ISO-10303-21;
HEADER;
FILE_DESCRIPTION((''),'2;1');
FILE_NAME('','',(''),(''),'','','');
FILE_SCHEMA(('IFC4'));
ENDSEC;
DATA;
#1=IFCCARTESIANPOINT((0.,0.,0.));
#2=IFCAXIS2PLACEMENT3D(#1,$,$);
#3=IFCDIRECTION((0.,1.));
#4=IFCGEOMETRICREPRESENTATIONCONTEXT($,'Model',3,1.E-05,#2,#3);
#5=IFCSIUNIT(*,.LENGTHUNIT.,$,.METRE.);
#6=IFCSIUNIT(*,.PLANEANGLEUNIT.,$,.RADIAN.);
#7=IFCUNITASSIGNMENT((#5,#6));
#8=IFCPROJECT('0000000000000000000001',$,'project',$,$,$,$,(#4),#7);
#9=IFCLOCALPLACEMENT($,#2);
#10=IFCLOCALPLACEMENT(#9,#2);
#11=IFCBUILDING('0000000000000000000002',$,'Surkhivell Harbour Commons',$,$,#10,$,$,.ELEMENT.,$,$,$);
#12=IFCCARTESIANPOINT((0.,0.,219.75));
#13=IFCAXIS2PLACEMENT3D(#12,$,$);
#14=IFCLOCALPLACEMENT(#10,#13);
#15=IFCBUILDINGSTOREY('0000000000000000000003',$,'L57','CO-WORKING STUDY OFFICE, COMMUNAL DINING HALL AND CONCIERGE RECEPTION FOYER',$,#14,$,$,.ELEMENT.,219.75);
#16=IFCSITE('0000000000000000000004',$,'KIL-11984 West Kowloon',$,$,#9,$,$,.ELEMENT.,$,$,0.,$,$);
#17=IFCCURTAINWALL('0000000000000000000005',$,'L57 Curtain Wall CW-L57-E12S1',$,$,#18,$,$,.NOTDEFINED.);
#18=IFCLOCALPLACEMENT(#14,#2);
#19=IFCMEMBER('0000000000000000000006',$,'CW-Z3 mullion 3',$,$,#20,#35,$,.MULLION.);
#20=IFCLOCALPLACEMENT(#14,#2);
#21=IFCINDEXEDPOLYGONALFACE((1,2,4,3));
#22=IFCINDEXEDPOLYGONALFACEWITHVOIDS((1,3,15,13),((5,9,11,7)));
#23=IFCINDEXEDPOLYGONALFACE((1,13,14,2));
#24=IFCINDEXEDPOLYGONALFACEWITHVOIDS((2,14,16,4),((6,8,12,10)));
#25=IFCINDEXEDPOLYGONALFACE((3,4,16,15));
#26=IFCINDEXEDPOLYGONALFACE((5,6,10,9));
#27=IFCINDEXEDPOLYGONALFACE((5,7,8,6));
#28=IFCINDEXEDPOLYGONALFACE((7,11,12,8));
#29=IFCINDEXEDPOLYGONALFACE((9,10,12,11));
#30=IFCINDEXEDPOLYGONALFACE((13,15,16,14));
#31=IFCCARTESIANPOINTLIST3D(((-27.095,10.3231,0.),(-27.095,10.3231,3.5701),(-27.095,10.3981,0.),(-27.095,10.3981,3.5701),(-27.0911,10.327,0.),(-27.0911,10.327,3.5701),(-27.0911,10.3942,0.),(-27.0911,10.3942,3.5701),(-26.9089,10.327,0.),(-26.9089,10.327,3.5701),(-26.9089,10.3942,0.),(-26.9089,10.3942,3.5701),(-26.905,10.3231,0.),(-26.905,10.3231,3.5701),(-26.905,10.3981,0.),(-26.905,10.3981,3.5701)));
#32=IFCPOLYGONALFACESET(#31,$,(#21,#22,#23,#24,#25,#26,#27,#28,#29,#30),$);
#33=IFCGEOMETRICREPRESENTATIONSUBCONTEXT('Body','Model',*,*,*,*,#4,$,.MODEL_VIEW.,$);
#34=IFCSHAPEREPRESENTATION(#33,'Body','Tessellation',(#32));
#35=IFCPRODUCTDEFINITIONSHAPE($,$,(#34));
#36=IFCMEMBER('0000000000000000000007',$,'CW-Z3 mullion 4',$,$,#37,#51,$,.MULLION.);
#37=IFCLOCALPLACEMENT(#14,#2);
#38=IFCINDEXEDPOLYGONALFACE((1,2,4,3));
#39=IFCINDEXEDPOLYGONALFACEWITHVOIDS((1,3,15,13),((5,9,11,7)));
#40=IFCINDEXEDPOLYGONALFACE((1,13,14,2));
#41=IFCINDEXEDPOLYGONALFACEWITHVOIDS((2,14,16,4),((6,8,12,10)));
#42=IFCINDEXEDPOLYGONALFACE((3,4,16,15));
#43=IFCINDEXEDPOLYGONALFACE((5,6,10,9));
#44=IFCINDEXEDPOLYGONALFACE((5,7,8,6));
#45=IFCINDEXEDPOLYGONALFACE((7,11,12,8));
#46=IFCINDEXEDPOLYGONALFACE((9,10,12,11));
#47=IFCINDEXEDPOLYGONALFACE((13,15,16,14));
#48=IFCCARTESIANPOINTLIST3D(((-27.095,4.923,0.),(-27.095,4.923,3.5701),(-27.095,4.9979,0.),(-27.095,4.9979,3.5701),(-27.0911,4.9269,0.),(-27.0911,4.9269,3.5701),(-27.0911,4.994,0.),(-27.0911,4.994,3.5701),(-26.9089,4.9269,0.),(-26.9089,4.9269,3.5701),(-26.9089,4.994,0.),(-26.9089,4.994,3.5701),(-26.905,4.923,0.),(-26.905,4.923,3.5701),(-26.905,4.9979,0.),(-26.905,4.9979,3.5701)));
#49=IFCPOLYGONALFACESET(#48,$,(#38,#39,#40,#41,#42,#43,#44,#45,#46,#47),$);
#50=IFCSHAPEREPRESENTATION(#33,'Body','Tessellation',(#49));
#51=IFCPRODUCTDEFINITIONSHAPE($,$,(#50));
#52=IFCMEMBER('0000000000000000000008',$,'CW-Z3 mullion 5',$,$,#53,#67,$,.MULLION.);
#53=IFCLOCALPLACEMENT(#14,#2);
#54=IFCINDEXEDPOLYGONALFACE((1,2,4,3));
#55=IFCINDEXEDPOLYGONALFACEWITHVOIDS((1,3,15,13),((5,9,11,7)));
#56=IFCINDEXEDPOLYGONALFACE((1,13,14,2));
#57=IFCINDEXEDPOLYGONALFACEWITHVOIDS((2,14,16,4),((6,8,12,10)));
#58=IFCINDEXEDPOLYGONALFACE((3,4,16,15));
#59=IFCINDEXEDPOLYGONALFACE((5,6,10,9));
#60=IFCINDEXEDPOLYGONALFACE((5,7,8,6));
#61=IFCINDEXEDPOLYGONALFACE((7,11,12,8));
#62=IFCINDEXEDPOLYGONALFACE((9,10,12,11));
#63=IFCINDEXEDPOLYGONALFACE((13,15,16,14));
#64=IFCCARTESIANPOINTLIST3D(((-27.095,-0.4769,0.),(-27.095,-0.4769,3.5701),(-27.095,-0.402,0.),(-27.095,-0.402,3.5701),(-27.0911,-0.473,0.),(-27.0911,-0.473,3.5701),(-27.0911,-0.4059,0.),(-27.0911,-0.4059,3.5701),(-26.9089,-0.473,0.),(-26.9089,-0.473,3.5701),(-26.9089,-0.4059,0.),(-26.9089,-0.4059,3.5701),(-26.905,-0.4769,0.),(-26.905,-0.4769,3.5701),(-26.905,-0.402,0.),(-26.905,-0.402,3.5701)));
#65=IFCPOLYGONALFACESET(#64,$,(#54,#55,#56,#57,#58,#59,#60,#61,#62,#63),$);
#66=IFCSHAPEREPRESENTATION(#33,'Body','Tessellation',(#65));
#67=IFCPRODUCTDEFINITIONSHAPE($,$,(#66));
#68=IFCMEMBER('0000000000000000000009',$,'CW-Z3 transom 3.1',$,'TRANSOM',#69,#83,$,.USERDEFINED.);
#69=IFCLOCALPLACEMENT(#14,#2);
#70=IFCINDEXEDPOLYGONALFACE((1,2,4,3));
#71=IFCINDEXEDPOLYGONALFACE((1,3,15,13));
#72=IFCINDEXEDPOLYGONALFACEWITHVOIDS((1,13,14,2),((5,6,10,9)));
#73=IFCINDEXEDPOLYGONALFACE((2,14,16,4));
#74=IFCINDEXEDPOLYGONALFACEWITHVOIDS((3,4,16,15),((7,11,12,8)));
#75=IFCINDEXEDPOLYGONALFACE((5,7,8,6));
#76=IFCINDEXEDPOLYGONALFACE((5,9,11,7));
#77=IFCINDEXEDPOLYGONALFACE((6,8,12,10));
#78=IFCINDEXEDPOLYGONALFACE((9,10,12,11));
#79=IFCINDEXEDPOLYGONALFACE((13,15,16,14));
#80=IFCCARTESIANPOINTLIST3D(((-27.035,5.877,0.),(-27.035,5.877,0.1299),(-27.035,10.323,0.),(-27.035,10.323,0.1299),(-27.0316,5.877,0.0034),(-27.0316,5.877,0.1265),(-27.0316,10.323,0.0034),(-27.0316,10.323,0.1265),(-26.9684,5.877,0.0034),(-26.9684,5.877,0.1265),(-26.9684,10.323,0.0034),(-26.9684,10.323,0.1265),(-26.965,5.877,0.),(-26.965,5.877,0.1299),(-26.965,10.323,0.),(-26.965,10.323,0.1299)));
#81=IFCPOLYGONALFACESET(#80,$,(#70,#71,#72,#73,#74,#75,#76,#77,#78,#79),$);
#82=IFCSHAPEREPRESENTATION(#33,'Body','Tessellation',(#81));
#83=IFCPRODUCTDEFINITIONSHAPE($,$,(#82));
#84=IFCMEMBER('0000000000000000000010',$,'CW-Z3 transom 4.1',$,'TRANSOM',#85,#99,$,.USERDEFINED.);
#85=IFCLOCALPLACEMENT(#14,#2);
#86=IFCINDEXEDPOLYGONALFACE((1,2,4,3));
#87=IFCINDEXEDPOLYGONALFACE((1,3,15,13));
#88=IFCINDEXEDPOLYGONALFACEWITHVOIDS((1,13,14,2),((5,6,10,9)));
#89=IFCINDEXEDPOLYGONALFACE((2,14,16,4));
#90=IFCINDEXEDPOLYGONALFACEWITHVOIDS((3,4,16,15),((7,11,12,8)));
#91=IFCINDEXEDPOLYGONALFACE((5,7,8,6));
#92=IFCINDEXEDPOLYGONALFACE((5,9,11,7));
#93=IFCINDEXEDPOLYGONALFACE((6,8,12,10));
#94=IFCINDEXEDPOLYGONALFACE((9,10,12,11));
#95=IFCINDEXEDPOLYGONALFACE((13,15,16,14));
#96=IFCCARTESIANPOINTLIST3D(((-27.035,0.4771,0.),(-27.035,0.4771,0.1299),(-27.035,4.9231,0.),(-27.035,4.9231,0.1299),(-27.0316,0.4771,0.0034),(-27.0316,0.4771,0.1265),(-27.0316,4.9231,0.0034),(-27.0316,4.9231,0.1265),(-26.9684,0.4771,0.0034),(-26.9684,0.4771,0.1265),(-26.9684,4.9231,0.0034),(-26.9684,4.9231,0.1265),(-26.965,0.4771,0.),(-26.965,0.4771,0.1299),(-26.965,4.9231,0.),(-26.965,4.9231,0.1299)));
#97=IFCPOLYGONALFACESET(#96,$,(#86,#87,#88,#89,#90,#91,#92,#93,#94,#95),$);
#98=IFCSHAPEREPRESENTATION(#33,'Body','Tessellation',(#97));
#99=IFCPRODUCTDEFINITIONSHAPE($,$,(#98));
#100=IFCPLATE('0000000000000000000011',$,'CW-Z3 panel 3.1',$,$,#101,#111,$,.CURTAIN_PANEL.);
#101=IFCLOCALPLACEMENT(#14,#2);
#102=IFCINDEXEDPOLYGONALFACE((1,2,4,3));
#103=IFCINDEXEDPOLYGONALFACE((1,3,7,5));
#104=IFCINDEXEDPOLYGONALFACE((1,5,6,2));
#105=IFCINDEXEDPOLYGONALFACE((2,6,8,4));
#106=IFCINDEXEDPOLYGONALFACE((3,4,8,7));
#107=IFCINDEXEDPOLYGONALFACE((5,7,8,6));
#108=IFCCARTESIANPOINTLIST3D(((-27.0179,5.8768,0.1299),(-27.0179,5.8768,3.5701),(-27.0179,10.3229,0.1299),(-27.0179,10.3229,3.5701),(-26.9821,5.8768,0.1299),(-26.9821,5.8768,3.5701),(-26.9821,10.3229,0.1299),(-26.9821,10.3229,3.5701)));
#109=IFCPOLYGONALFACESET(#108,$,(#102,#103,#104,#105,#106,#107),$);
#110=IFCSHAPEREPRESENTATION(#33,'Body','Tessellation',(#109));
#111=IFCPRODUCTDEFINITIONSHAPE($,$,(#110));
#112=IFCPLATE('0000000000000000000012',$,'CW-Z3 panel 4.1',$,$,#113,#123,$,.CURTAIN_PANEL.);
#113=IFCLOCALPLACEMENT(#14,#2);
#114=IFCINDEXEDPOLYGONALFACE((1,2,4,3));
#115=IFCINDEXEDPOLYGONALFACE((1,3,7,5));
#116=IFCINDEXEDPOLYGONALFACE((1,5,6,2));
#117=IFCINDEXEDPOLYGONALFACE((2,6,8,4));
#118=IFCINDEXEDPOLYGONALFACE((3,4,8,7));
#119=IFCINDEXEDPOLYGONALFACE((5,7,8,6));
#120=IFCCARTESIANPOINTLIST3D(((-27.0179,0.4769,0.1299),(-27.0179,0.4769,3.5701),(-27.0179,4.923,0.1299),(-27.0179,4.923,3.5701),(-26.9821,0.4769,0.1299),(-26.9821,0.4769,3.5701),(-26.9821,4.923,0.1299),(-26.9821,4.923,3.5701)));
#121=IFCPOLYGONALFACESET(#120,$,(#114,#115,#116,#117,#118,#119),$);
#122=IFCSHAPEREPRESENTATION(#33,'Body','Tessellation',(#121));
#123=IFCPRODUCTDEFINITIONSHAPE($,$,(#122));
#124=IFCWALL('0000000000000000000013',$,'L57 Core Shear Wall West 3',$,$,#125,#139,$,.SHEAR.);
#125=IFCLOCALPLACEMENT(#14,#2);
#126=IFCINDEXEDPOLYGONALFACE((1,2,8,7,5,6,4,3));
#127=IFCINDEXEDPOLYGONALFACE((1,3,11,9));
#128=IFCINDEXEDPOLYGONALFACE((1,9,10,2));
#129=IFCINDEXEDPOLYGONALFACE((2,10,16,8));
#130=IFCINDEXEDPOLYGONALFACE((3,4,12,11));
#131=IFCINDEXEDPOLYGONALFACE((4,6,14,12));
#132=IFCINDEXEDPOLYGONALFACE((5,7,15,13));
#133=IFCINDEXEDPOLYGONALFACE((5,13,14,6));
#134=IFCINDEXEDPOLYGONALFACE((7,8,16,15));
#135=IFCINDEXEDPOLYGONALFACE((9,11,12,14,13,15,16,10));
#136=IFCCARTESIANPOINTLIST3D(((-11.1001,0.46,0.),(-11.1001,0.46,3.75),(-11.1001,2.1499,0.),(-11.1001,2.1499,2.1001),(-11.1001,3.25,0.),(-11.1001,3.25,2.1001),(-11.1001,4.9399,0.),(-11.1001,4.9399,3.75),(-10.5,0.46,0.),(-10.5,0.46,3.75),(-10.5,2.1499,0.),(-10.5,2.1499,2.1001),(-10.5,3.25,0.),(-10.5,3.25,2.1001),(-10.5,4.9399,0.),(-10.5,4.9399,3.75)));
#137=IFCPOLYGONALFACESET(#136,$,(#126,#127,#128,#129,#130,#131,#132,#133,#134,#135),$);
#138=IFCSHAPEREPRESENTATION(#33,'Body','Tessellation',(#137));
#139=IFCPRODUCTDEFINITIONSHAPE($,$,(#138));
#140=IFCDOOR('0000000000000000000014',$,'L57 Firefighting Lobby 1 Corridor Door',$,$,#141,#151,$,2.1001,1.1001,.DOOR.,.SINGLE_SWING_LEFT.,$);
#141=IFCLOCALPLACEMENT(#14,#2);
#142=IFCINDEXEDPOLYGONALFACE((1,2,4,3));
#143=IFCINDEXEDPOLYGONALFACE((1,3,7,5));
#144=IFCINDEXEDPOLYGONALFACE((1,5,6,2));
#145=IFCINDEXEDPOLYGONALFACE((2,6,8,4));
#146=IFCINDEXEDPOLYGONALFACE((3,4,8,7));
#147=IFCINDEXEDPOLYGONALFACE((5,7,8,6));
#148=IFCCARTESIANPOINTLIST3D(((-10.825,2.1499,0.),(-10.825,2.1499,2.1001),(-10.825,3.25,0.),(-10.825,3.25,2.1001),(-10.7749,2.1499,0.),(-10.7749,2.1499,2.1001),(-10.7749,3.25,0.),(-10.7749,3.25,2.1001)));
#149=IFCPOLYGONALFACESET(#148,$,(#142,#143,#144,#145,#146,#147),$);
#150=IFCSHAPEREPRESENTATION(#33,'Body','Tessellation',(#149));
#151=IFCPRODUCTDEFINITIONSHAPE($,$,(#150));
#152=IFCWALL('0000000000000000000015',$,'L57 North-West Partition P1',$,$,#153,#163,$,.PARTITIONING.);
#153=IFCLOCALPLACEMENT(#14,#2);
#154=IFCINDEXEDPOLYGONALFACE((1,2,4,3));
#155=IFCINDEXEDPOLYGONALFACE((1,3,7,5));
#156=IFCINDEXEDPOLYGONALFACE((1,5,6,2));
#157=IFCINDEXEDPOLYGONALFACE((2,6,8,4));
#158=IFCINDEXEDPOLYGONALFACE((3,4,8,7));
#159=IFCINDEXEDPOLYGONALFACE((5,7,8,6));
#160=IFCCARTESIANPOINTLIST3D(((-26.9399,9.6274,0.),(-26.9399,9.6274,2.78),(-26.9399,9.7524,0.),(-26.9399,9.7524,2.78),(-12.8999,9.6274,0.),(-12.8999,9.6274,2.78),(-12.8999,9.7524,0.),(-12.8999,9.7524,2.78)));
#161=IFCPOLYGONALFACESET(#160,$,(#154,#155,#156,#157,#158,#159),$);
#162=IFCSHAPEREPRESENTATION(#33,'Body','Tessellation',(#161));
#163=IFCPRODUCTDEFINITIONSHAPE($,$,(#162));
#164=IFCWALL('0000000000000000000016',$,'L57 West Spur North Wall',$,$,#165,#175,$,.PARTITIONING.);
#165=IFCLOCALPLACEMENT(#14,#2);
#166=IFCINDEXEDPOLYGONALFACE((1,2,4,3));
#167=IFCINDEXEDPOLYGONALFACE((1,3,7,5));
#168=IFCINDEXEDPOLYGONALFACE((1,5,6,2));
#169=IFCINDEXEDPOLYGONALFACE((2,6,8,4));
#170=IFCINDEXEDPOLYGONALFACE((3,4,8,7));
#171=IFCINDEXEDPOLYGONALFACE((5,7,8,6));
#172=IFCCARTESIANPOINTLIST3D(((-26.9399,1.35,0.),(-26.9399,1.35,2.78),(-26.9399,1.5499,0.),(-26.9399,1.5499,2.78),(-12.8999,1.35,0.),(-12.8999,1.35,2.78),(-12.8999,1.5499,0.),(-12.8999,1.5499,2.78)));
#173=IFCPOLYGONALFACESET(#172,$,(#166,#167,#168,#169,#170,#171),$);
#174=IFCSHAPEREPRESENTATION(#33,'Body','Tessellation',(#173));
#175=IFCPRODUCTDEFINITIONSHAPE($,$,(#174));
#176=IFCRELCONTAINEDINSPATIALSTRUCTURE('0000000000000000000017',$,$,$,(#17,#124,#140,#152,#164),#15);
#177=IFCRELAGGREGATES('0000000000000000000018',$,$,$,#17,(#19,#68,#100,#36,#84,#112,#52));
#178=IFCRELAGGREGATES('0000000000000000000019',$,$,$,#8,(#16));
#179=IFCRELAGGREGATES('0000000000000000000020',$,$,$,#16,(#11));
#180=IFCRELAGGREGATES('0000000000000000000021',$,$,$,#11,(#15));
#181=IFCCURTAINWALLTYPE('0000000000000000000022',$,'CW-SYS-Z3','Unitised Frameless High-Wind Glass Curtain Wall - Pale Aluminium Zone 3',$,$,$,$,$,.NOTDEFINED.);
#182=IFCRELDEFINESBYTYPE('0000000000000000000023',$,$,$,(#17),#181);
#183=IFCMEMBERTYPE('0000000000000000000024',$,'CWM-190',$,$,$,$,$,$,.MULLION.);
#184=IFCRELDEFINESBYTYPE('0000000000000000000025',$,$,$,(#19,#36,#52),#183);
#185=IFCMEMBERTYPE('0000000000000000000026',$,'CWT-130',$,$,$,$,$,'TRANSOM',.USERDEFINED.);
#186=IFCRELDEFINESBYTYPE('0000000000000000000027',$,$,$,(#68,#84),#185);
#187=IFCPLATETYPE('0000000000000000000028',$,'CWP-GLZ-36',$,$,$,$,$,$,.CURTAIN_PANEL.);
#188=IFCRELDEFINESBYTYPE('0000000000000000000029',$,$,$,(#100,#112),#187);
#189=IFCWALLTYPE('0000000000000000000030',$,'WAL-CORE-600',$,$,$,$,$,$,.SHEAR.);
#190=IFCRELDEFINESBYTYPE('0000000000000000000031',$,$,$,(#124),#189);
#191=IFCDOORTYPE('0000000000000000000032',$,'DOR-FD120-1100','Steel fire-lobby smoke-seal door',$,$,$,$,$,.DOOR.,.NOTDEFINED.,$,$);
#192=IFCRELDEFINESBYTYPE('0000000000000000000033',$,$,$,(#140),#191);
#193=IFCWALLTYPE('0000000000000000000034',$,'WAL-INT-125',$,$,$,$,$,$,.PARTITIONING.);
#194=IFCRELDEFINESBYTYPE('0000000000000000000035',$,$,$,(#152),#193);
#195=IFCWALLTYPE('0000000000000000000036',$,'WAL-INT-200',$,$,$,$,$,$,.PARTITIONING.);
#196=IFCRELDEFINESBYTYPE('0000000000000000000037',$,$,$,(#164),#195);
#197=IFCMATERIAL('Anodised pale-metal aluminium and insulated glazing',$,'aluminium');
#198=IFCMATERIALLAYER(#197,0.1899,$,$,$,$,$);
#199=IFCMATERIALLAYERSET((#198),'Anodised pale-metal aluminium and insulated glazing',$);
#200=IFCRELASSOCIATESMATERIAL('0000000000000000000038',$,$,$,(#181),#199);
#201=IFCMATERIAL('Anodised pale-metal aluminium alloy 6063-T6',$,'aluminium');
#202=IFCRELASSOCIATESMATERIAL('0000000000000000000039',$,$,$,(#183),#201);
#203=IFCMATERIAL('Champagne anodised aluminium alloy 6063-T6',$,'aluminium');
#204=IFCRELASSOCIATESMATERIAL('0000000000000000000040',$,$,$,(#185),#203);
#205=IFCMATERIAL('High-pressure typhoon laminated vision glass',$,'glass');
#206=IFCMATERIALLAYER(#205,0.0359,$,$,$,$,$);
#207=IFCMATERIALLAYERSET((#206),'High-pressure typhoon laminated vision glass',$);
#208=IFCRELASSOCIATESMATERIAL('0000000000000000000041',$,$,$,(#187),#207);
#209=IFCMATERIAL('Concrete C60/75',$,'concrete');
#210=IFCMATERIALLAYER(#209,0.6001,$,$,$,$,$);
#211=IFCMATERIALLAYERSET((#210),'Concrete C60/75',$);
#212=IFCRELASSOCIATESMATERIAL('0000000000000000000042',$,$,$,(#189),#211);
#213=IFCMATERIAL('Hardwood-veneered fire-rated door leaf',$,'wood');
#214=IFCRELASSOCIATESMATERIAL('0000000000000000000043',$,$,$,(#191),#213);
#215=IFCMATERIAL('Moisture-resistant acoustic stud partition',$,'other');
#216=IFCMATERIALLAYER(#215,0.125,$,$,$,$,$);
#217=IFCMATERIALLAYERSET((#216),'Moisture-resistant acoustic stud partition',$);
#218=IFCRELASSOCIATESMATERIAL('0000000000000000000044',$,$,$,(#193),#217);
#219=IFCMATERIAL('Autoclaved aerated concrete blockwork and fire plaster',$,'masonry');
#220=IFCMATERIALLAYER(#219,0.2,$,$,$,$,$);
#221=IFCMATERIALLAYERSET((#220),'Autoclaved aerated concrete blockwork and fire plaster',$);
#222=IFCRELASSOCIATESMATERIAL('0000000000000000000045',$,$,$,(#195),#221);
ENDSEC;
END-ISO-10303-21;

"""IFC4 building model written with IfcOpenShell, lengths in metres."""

from ifc_helpers import new_model, si_unit, direction, frame, frame_2d, origin, origin_2d, place, context, subcontext, project, spatial, rectangle, hollow_rectangle, extrude, material, layer, layer_set, material_profile, profile_set, type_object, element, fill, aggregate, save


model = new_model("IFC4")

# Units and contexts
model_context = context("Model", 3, precision=1e-05, world=origin(), true_north=direction((0.0, 1.0)))
body_context = subcontext(model_context, "Body", "Model", "MODEL_VIEW")
ifc_project = project(units=[si_unit("LENGTHUNIT", "METRE"), si_unit("PLANEANGLEUNIT", "RADIAN")], contexts=[model_context])

# Site, building, storey
site_placement = place(None, origin())
site = spatial("IfcSite", under=ifc_project, at=site_placement, Name="KIL-11984 West Kowloon", CompositionType="ELEMENT", RefElevation=0.0)
building_placement = place(site_placement, origin())
building = spatial("IfcBuilding", under=site, at=building_placement, Name="Surkhivell Harbour Commons", CompositionType="ELEMENT")
storey_placement = place(building_placement, frame((0.0, 0.0, 219.75)))
storey = spatial("IfcBuildingStorey", under=building, at=storey_placement, Name="L57", Description="CO-WORKING STUDY OFFICE, COMMUNAL DINING HALL AND CONCIERGE RECEPTION FOYER", CompositionType="ELEMENT", Elevation=219.75)

# Shared definitions
ifc_material_1 = material(Name="Concrete C60/75", Category="concrete")

# Curtain wall, members, plates
ifc_material_2 = material(Name="Anodised pale-metal aluminium and insulated glazing", Category="aluminium")
ifc_layer_1 = layer(ifc_material_2, 0.1899)
ifc_layer_set_1 = layer_set([ifc_layer_1], Name="Anodised pale-metal aluminium and insulated glazing")
curtain_wall_type = type_object("IfcCurtainWallType", Name="CW-SYS-Z3", Description="Unitised Frameless High-Wind Glass Curtain Wall - Pale Aluminium Zone 3", PredefinedType="NOTDEFINED", material=ifc_layer_set_1)
curtain_wall_placement = place(storey_placement, origin())
curtain_wall = element("IfcCurtainWall", 1, at=curtain_wall_placement, inside=storey, type_object=curtain_wall_type, Name="L57 Curtain Wall CW-L57-E12S1", PredefinedType="NOTDEFINED")
ifc_material_3 = material(Name="Anodised pale-metal aluminium alloy 6063-T6", Category="aluminium")
ifc_material_profile_1 = material_profile(ifc_material_3, hollow_rectangle(XDim=0.075, YDim=0.1899, WallThickness=0.0039, at=origin_2d()), Name="ALU-MULL-75x190")
ifc_profile_set_1 = profile_set([ifc_material_profile_1], Name="Anodised pale-metal aluminium alloy 6063-T6")
member_type_1 = type_object("IfcMemberType", Name="CWM-190", PredefinedType="MULLION", material=ifc_profile_set_1)
member_1_placement = place(storey_placement, frame((-27.0, 10.3606, 0.0), z_axis=(0.0, 0.0, 1.0), x_axis=(0.0, -1.0, 0.0)))
member_1 = element("IfcMember", 2, at=member_1_placement, type_object=member_type_1, Name="CW-Z3 mullion 3", PredefinedType="MULLION", context=body_context, shape_type="SweptSolid", body=[
    extrude(hollow_rectangle(XDim=0.075, YDim=0.1899, WallThickness=0.0039, at=origin_2d()), origin(), (0.0, 0.0, 1.0), 3.5701),
])
member_2_placement = place(storey_placement, frame((-27.0, 4.9604, 0.0), z_axis=(0.0, 0.0, 1.0), x_axis=(0.0, -1.0, 0.0)))
member_2 = element("IfcMember", 3, at=member_2_placement, type_object=member_type_1, Name="CW-Z3 mullion 4", PredefinedType="MULLION", context=body_context, shape_type="SweptSolid", body=[
    extrude(hollow_rectangle(XDim=0.075, YDim=0.1899, WallThickness=0.0039, at=origin_2d()), origin(), (0.0, 0.0, 1.0), 3.5701),
])
member_3_placement = place(storey_placement, frame((-27.0, -0.4395, 0.0), z_axis=(0.0, 0.0, 1.0), x_axis=(0.0, -1.0, 0.0)))
member_3 = element("IfcMember", 4, at=member_3_placement, type_object=member_type_1, Name="CW-Z3 mullion 5", PredefinedType="MULLION", context=body_context, shape_type="SweptSolid", body=[
    extrude(hollow_rectangle(XDim=0.075, YDim=0.1899, WallThickness=0.0039, at=origin_2d()), origin(), (0.0, 0.0, 1.0), 3.5701),
])
ifc_material_4 = material(Name="Champagne anodised aluminium alloy 6063-T6", Category="aluminium")
ifc_material_profile_2 = material_profile(ifc_material_4, hollow_rectangle(XDim=0.0701, YDim=0.1299, WallThickness=0.0034, at=origin_2d()), Name="ALU-TRAN-70x130")
ifc_profile_set_2 = profile_set([ifc_material_profile_2], Name="Champagne anodised aluminium alloy 6063-T6")
member_type_2 = type_object("IfcMemberType", Name="CWT-130", ElementType="TRANSOM", PredefinedType="USERDEFINED", material=ifc_profile_set_2)
member_4_placement = place(storey_placement, frame((-27.0, 10.323, 0.0649), z_axis=(0.0, -1.0, 0.0), x_axis=(1.0, 0.0, 0.0)))
member_4 = element("IfcMember", 5, at=member_4_placement, type_object=member_type_2, Name="CW-Z3 transom 3.1", ObjectType="TRANSOM", PredefinedType="USERDEFINED", context=body_context, shape_type="SweptSolid", body=[
    extrude(hollow_rectangle(XDim=0.0701, YDim=0.1299, WallThickness=0.0034, at=origin_2d()), origin(), (0.0, 0.0, 1.0), 4.446),
])
member_5_placement = place(storey_placement, frame((-27.0, 4.9231, 0.0649), z_axis=(0.0, -1.0, 0.0), x_axis=(1.0, 0.0, 0.0)))
member_5 = element("IfcMember", 6, at=member_5_placement, type_object=member_type_2, Name="CW-Z3 transom 4.1", ObjectType="TRANSOM", PredefinedType="USERDEFINED", context=body_context, shape_type="SweptSolid", body=[
    extrude(hollow_rectangle(XDim=0.0701, YDim=0.1299, WallThickness=0.0034, at=origin_2d()), origin(), (0.0, 0.0, 1.0), 4.446),
])
ifc_material_5 = material(Name="High-pressure typhoon laminated vision glass", Category="glass")
ifc_layer_2 = layer(ifc_material_5, 0.0359)
ifc_layer_set_2 = layer_set([ifc_layer_2], Name="High-pressure typhoon laminated vision glass")
plate_type = type_object("IfcPlateType", Name="CWP-GLZ-36", PredefinedType="CURTAIN_PANEL", material=ifc_layer_set_2)
plate_1_placement = place(storey_placement, frame((-27.0, 10.323, 0.1299), z_axis=(0.0, 0.0, 1.0), x_axis=(0.0, -1.0, 0.0)))
plate_1 = element("IfcPlate", 7, at=plate_1_placement, type_object=plate_type, Name="CW-Z3 panel 3.1", PredefinedType="CURTAIN_PANEL", context=body_context, shape_type="SweptSolid", body=[
    extrude(rectangle(XDim=4.446, YDim=0.0359, at=frame_2d((2.2231, 0.0))), origin(), (0.0, 0.0, 1.0), 3.4402),
])
plate_2_placement = place(storey_placement, frame((-27.0, 4.9231, 0.1299), z_axis=(0.0, 0.0, 1.0), x_axis=(0.0, -1.0, 0.0)))
plate_2 = element("IfcPlate", 8, at=plate_2_placement, type_object=plate_type, Name="CW-Z3 panel 4.1", PredefinedType="CURTAIN_PANEL", context=body_context, shape_type="SweptSolid", body=[
    extrude(rectangle(XDim=4.446, YDim=0.0359, at=frame_2d((2.2231, 0.0))), origin(), (0.0, 0.0, 1.0), 3.4402),
])
aggregate(curtain_wall, [member_1, member_4, plate_1, member_2, member_5, plate_2, member_3])

# Wall, opening, door
ifc_layer_3 = layer(ifc_material_1, 0.6001)
ifc_layer_set_3 = layer_set([ifc_layer_3], Name="Concrete C60/75")
wall_type_1 = type_object("IfcWallType", Name="WAL-CORE-600", PredefinedType="SHEAR", material=ifc_layer_set_3)
wall_1_placement = place(storey_placement, frame((-10.8, 0.46, 0.0), z_axis=(0.0, 0.0, 1.0), x_axis=(0.0, 1.0, 0.0)))
wall_1 = element("IfcWall", 9, at=wall_1_placement, inside=storey, type_object=wall_type_1, Name="L57 Core Shear Wall West 3", PredefinedType="SHEAR", context=body_context, shape_type="SweptSolid", body=[
    extrude(rectangle(XDim=4.48, YDim=0.6001, at=frame_2d((2.24, 0.0))), origin(), (0.0, 0.0, 1.0), 3.75),
])
opening_1_placement = place(wall_1_placement, frame((1.6899, 0.0, 0.0)))
opening_1 = element("IfcOpeningElement", 10, at=opening_1_placement, cuts=wall_1, PredefinedType="OPENING", context=body_context, shape_type="SweptSolid", body=[
    extrude(rectangle(XDim=1.1001, YDim=2.1001, at=frame_2d((0.55, 1.05))), frame((0.0, 0.3101, 0.0), z_axis=(0.0, -1.0, 0.0), x_axis=(1.0, 0.0, 0.0)), (0.0, 0.0, 1.0), 0.6201),
])
ifc_material_6 = material(Name="Hardwood-veneered fire-rated door leaf", Category="wood")
door_type_1 = type_object("IfcDoorType", Name="DOR-FD120-1100", Description="Steel fire-lobby smoke-seal door", OperationType="NOTDEFINED", PredefinedType="DOOR", material=ifc_material_6)
door_1_placement = place(opening_1_placement, origin())
door_1 = element("IfcDoor", 11, at=door_1_placement, inside=storey, type_object=door_type_1, Name="L57 Firefighting Lobby 1 Corridor Door", OperationType="SINGLE_SWING_LEFT", OverallHeight=2.1001, OverallWidth=1.1001, PredefinedType="DOOR", context=body_context, shape_type="SweptSolid", body=[
    extrude(rectangle(XDim=1.1001, YDim=2.1001, at=frame_2d((0.55, 1.05))), frame((0.0, 0.0249, 0.0), z_axis=(0.0, -1.0, 0.0), x_axis=(1.0, 0.0, 0.0)), (0.0, 0.0, 1.0), 0.05),
])
fill(opening_1, door_1)

# Walls
ifc_material_7 = material(Name="Moisture-resistant acoustic stud partition", Category="other")
ifc_layer_4 = layer(ifc_material_7, 0.125)
ifc_layer_set_4 = layer_set([ifc_layer_4], Name="Moisture-resistant acoustic stud partition")
wall_type_2 = type_object("IfcWallType", Name="WAL-INT-125", PredefinedType="PARTITIONING", material=ifc_layer_set_4)
wall_2_placement = place(storey_placement, frame((-26.9399, 9.6899, 0.0), z_axis=(0.0, 0.0, 1.0), x_axis=(1.0, 0.0, 0.0)))
element("IfcWall", 12, at=wall_2_placement, inside=storey, type_object=wall_type_2, Name="L57 North-West Partition P1", PredefinedType="PARTITIONING", context=body_context, shape_type="SweptSolid", body=[
    extrude(rectangle(XDim=14.04, YDim=0.125, at=frame_2d((7.02, 0.0))), origin(), (0.0, 0.0, 1.0), 2.78),
])
ifc_material_8 = material(Name="Autoclaved aerated concrete blockwork and fire plaster", Category="masonry")
ifc_layer_5 = layer(ifc_material_8, 0.2)
ifc_layer_set_5 = layer_set([ifc_layer_5], Name="Autoclaved aerated concrete blockwork and fire plaster")
wall_type_3 = type_object("IfcWallType", Name="WAL-INT-200", PredefinedType="PARTITIONING", material=ifc_layer_set_5)
for number, where, z_axis, x_axis, name in (
    (13, (-26.9399, 1.45, 0.0), (0.0, 0.0, 1.0), (1.0, 0.0, 0.0), "L57 West Spur North Wall"),
):
    element("IfcWall", number, at=place(storey_placement, frame(where, z_axis=z_axis, x_axis=x_axis)), inside=storey, type_object=wall_type_3, Name=name, PredefinedType="PARTITIONING", context=body_context, shape_type="SweptSolid", body=[
        extrude(rectangle(XDim=14.04, YDim=0.2, at=frame_2d((7.02, 0.0))), origin(), (0.0, 0.0, 1.0), 2.78),
    ])

save(model, "model.ifc")
